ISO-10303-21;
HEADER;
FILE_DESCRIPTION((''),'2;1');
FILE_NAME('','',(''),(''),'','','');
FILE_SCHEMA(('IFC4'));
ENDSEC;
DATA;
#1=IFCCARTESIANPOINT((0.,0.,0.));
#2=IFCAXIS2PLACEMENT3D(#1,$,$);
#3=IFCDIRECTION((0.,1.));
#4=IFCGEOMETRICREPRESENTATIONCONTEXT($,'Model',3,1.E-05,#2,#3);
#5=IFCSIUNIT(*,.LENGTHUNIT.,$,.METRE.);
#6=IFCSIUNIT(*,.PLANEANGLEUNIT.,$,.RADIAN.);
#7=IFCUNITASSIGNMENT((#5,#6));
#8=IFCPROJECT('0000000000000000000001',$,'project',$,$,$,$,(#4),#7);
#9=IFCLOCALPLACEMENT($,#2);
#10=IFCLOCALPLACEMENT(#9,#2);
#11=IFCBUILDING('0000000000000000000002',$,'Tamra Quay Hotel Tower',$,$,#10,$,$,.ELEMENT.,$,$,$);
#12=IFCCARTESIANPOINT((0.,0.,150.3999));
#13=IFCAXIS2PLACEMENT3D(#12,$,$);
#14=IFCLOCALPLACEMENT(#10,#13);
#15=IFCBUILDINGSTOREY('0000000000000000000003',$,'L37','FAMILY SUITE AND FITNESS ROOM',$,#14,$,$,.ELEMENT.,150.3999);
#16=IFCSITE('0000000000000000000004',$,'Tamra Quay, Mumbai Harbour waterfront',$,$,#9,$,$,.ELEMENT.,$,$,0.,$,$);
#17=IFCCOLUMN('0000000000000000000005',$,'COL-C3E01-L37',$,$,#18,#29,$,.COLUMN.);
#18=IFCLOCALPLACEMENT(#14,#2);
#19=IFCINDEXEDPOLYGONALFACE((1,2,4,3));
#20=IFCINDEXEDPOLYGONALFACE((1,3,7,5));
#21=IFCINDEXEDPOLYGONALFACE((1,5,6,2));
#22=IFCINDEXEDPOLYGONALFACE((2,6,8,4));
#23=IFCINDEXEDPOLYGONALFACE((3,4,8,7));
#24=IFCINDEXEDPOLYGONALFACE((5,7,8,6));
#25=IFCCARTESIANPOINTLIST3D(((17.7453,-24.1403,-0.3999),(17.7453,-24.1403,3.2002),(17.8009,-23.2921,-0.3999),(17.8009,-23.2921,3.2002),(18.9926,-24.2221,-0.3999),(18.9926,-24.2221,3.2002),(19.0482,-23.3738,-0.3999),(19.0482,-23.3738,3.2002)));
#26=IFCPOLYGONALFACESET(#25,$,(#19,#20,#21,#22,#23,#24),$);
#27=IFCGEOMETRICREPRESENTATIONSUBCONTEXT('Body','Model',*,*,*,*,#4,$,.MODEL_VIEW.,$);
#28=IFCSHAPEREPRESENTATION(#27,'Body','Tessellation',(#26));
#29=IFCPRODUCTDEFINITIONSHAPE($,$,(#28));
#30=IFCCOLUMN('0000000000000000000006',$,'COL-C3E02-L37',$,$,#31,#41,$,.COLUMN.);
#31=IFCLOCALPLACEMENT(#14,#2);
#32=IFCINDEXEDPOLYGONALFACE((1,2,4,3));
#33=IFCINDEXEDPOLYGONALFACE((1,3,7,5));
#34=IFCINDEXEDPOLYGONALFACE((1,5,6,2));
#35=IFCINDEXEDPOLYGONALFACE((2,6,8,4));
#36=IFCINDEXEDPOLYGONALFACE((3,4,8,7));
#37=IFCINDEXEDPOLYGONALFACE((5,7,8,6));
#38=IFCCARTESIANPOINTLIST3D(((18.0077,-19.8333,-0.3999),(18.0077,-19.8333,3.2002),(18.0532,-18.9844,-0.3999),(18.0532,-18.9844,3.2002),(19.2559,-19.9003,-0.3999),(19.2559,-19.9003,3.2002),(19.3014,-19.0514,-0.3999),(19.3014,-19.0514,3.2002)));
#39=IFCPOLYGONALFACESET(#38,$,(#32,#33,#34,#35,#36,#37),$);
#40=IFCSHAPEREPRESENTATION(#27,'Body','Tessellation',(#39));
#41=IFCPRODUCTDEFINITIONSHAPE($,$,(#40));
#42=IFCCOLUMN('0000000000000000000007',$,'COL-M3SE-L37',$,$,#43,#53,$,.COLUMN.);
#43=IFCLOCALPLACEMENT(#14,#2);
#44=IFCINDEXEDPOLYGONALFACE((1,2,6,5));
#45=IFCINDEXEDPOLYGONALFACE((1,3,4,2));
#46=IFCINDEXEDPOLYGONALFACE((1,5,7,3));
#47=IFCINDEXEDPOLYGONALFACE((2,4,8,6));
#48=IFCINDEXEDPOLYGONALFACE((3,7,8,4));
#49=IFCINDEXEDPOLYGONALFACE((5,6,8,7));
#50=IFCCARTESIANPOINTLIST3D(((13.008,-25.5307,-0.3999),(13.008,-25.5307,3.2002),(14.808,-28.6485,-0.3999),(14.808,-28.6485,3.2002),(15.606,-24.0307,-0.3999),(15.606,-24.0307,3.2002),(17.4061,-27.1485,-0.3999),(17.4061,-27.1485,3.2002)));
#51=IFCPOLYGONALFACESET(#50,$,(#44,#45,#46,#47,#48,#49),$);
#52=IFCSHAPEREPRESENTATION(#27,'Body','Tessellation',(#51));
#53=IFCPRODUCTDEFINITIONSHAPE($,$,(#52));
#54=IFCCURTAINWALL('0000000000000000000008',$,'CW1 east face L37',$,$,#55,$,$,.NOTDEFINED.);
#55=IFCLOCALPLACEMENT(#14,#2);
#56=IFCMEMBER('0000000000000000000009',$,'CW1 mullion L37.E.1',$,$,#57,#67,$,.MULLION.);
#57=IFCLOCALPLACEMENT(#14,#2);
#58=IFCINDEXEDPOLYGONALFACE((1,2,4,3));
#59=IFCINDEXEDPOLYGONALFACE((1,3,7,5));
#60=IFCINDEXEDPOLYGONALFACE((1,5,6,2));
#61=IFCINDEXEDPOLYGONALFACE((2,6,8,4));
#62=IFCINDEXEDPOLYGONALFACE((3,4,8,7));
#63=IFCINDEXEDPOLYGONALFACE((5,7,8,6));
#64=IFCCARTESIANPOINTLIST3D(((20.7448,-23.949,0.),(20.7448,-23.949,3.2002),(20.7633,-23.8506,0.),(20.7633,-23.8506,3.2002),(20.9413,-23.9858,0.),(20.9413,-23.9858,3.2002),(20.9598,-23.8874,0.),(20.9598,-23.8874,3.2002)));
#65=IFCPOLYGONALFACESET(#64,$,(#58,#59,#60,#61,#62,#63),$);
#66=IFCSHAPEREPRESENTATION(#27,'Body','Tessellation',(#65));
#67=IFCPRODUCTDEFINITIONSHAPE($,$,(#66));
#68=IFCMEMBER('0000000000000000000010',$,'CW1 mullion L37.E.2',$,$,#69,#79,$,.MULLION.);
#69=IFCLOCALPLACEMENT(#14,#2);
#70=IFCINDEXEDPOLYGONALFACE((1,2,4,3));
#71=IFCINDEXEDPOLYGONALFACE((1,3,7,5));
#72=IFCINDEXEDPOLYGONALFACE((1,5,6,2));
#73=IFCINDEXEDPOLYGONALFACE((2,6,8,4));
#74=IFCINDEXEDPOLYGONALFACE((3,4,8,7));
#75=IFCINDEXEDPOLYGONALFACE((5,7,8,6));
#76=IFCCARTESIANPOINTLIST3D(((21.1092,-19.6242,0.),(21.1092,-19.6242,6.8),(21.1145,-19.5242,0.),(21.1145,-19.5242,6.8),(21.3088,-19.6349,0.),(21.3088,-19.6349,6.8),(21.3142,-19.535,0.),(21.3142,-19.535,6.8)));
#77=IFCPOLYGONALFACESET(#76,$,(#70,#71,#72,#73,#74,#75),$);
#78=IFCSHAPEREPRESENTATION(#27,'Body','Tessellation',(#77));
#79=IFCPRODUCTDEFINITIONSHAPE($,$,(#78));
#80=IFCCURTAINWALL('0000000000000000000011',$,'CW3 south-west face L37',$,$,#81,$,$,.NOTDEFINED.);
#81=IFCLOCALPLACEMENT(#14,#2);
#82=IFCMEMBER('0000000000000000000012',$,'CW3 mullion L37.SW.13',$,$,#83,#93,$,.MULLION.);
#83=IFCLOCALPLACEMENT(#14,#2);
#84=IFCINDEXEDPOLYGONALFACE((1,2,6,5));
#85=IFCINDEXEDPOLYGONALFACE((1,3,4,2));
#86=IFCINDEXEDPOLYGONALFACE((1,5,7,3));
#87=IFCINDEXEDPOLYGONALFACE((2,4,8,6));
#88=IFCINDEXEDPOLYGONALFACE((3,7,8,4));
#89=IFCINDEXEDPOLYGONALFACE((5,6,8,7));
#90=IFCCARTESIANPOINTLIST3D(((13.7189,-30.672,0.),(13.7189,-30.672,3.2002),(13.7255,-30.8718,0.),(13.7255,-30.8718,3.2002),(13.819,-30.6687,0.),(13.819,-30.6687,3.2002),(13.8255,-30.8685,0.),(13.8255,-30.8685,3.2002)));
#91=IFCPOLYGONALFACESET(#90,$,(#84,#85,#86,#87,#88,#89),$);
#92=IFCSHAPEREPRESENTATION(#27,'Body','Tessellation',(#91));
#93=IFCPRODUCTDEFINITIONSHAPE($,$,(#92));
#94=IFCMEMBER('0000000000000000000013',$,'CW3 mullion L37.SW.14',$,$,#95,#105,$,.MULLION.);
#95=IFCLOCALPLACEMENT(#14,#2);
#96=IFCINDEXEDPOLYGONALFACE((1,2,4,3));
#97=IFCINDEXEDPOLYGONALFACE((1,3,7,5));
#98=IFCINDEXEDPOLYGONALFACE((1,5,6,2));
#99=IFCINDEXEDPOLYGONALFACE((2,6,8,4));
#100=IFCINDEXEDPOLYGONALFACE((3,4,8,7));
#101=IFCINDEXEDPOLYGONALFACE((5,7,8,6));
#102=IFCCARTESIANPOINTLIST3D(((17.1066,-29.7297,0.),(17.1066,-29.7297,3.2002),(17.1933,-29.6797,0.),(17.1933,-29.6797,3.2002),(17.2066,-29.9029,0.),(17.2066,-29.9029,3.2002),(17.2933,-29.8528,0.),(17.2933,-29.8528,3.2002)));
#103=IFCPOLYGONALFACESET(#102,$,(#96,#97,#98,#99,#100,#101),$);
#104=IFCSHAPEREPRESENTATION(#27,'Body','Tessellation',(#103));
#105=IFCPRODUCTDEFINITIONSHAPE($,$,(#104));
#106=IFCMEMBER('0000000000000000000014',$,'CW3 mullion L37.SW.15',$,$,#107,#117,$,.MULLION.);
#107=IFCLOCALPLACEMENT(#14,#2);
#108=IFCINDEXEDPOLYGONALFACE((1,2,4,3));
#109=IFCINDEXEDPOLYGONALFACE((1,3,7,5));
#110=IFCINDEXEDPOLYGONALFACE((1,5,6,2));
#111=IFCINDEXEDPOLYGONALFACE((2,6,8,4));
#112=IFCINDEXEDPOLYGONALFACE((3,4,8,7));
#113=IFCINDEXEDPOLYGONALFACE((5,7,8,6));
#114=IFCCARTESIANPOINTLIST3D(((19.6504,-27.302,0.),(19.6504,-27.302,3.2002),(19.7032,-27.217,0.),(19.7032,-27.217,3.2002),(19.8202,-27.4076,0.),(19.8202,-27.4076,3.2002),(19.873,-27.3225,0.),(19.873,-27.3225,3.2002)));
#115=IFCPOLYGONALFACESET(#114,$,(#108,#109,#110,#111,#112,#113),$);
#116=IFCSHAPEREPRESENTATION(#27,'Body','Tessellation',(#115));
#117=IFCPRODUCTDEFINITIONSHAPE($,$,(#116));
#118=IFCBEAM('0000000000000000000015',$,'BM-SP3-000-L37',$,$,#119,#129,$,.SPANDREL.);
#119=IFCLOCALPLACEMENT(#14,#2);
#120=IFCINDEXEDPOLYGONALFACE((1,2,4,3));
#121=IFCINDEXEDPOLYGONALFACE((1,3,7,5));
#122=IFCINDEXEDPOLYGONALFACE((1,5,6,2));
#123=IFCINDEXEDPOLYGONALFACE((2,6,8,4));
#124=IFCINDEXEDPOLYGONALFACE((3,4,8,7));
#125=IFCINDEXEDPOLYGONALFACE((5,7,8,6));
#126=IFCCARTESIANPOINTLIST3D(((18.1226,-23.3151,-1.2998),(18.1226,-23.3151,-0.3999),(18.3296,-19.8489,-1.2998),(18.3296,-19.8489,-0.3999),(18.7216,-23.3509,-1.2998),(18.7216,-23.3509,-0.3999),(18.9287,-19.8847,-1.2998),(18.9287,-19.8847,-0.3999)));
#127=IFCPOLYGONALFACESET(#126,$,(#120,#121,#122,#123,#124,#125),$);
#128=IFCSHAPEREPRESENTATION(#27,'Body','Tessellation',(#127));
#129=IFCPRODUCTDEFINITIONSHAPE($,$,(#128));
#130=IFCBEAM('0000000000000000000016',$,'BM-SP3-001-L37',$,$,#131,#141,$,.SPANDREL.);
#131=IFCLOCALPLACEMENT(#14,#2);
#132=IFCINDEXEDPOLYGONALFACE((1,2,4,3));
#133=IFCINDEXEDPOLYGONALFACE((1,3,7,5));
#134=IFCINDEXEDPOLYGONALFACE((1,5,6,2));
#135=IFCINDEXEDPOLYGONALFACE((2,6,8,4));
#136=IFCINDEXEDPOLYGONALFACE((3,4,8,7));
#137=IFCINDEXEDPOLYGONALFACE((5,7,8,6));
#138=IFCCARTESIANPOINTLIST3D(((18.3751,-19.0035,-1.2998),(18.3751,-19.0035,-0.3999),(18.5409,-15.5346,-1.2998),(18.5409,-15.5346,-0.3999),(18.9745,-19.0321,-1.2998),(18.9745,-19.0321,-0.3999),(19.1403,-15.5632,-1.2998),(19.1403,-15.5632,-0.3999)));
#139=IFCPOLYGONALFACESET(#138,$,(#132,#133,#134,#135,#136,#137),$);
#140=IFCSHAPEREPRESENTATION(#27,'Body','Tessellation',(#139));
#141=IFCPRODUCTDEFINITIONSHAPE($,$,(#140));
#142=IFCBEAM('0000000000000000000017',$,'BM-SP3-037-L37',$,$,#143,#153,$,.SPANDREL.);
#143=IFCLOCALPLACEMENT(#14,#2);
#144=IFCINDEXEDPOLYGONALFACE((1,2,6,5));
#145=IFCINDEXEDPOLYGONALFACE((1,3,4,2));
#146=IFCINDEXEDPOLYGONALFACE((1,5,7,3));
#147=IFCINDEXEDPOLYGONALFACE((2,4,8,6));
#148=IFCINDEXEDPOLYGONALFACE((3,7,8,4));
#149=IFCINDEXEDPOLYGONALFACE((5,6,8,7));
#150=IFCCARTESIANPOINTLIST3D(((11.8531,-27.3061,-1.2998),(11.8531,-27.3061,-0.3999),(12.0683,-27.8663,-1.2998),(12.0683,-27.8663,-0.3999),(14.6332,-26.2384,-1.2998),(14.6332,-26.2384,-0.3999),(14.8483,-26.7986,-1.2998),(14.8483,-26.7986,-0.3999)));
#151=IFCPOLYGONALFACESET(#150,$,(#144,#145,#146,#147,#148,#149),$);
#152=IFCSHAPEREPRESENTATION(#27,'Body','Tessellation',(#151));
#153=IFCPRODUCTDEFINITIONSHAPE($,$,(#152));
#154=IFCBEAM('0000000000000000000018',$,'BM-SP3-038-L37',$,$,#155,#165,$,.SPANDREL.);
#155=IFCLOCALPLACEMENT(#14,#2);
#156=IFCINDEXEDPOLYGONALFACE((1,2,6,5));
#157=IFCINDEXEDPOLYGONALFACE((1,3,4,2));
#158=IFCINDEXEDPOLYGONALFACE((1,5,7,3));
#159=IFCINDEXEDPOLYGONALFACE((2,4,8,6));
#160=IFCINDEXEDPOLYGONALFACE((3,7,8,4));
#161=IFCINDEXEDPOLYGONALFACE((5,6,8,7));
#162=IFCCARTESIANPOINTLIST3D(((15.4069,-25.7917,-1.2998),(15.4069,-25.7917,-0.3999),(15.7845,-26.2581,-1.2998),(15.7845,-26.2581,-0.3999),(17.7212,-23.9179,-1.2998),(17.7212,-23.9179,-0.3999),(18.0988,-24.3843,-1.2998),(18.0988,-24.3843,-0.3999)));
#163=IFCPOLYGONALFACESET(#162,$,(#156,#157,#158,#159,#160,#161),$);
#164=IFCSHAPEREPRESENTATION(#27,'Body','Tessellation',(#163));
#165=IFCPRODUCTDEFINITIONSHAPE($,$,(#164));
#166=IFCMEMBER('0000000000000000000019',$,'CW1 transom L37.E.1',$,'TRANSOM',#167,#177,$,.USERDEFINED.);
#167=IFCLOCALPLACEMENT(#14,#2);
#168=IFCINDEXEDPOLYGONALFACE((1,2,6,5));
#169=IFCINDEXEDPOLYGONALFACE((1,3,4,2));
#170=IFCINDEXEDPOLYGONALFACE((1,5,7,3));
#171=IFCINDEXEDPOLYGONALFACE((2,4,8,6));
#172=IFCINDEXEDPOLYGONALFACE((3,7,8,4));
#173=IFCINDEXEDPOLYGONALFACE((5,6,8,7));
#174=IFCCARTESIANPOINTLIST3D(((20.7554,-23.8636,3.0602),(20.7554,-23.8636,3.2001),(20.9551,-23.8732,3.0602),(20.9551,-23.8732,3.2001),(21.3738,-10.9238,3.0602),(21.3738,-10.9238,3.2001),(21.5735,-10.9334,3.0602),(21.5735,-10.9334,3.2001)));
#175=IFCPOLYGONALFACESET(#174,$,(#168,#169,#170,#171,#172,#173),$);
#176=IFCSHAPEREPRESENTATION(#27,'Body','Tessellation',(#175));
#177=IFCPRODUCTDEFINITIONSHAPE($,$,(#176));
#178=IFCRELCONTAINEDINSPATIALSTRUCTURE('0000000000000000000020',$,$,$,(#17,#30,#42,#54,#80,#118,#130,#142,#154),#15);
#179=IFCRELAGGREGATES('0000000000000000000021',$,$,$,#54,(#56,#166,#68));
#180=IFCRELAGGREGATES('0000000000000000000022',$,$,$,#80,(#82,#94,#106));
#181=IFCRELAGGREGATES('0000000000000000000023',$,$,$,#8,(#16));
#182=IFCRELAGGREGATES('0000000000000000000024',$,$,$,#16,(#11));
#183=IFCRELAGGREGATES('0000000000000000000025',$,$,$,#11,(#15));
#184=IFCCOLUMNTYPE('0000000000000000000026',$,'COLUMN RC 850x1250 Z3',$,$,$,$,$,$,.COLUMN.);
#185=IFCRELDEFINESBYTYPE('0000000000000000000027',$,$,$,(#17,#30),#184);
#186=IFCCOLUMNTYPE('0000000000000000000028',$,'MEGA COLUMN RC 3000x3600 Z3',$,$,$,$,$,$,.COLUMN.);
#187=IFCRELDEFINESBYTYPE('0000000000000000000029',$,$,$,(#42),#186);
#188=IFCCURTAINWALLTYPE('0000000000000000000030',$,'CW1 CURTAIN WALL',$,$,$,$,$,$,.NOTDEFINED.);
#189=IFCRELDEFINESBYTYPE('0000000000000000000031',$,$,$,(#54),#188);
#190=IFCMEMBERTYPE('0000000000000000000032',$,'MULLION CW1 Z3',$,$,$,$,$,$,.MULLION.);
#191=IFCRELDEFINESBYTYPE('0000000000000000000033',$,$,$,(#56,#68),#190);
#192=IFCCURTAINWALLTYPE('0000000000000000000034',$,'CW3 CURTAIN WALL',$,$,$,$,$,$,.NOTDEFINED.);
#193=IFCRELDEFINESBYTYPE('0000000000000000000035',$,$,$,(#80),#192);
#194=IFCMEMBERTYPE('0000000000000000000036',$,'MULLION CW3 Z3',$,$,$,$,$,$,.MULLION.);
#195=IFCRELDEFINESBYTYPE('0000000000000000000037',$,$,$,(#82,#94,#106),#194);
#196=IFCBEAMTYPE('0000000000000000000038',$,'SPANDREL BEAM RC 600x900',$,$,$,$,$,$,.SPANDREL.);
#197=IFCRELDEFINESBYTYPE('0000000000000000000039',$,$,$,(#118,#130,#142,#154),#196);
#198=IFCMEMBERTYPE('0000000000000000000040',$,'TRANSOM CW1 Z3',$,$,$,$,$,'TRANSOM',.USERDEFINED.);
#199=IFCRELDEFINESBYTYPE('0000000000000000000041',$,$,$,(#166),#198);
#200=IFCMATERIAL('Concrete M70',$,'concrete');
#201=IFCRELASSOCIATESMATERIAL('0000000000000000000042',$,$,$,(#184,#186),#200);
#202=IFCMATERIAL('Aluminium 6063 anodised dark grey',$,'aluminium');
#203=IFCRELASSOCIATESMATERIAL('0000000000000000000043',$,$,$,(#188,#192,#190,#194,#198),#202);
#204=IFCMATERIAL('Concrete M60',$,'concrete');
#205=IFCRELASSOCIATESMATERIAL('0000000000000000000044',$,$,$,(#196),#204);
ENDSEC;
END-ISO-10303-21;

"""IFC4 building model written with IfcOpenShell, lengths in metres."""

from ifc_helpers import new_model, si_unit, direction, frame, origin, origin_2d, place, context, subcontext, project, spatial, rectangle, extrude, material, material_profile, profile_set, type_object, element, aggregate, save


model = new_model("IFC4")

# Units and contexts
model_context = context("Model", 3, precision=1e-05, world=origin(), true_north=direction((0.0, 1.0)))
body_context = subcontext(model_context, "Body", "Model", "MODEL_VIEW")
ifc_project = project(units=[si_unit("LENGTHUNIT", "METRE"), si_unit("PLANEANGLEUNIT", "RADIAN")], contexts=[model_context])

# Site, building, storey
site_placement = place(None, origin())
site = spatial("IfcSite", under=ifc_project, at=site_placement, Name="Tamra Quay, Mumbai Harbour waterfront", CompositionType="ELEMENT", RefElevation=0.0)
building_placement = place(site_placement, origin())
building = spatial("IfcBuilding", under=site, at=building_placement, Name="Tamra Quay Hotel Tower", CompositionType="ELEMENT")
storey_placement = place(building_placement, frame((0.0, 0.0, 150.3999)))
storey = spatial("IfcBuildingStorey", under=building, at=storey_placement, Name="L37", Description="FAMILY SUITE AND FITNESS ROOM", CompositionType="ELEMENT", Elevation=150.3999)

# Columns
ifc_material_1 = material(Name="Concrete M70", Category="concrete")
ifc_material_profile_1 = material_profile(ifc_material_1, rectangle(XDim=1.25, YDim=0.8501, at=origin_2d()), Name="COLUMN RC 850x1250 Z3")
ifc_profile_set_1 = profile_set([ifc_material_profile_1], Name="Concrete M70")
column_type_1 = type_object("IfcColumnType", Name="COLUMN RC 850x1250 Z3", PredefinedType="COLUMN", material=ifc_profile_set_1)
for number, where, z_axis, x_axis, name in (
    (1, (18.3967, -23.7571, -0.3999), (0.0, 0.0, 1.0), (-0.997858, 0.065419, 0.0), "COL-C3E01-L37"),
    (2, (18.6545, -19.4424, -0.3999), (0.0, 0.0, 1.0), (-0.998562, 0.053603, 0.0), "COL-C3E02-L37"),
):
    element("IfcColumn", number, at=place(storey_placement, frame(where, z_axis=z_axis, x_axis=x_axis)), inside=storey, type_object=column_type_1, Name=name, PredefinedType="COLUMN", context=body_context, shape_type="SweptSolid", body=[
        extrude(rectangle(XDim=1.25, YDim=0.8501, at=origin_2d()), origin(), (0.0, 0.0, 1.0), 3.6001),
    ])
ifc_material_profile_2 = material_profile(ifc_material_1, rectangle(XDim=3.6001, YDim=3.0, at=origin_2d()), Name="MEGA COLUMN RC 3000x3600 Z3")
ifc_profile_set_2 = profile_set([ifc_material_profile_2], Name="Concrete M70")
column_type_2 = type_object("IfcColumnType", Name="MEGA COLUMN RC 3000x3600 Z3", PredefinedType="COLUMN", material=ifc_profile_set_2)
column_placement = place(storey_placement, frame((15.207, -26.3396, -0.3999), z_axis=(0.0, 0.0, 1.0), x_axis=(-0.5, 0.866025, 0.0)))
element("IfcColumn", 3, at=column_placement, inside=storey, type_object=column_type_2, Name="COL-M3SE-L37", PredefinedType="COLUMN", context=body_context, shape_type="SweptSolid", body=[
    extrude(rectangle(XDim=3.6001, YDim=3.0, at=origin_2d()), origin(), (0.0, 0.0, 1.0), 3.6001),
])

# Curtain walls, members
ifc_material_2 = material(Name="Aluminium 6063 anodised dark grey", Category="aluminium")
curtain_wall_type_1 = type_object("IfcCurtainWallType", Name="CW1 CURTAIN WALL", PredefinedType="NOTDEFINED", material=ifc_material_2)
curtain_wall_1_placement = place(storey_placement, origin())
curtain_wall_1 = element("IfcCurtainWall", 4, at=curtain_wall_1_placement, inside=storey, type_object=curtain_wall_type_1, Name="CW1 east face L37", PredefinedType="NOTDEFINED")
ifc_material_profile_3 = material_profile(ifc_material_2, rectangle(XDim=0.2, YDim=0.1001, at=origin_2d()), Name="MULLION 100X200")
ifc_profile_set_3 = profile_set([ifc_material_profile_3], Name="Aluminium 6063 anodised dark grey")
member_type_1 = type_object("IfcMemberType", Name="MULLION CW1 Z3", PredefinedType="MULLION", material=ifc_profile_set_3)
member_1_placement = place(storey_placement, frame((20.8523, -23.9182, 0.0), z_axis=(0.0, 0.0, 1.0), x_axis=(0.982883, -0.18423, 0.0)))
member_1 = element("IfcMember", 5, at=member_1_placement, type_object=member_type_1, Name="CW1 mullion L37.E.1", PredefinedType="MULLION", context=body_context, shape_type="SweptSolid", body=[
    extrude(rectangle(XDim=0.2, YDim=0.1001, at=origin_2d()), origin(), (0.0, 0.0, 1.0), 3.2002),
])
member_2_placement = place(storey_placement, frame((21.2117, -19.5796, 0.0), z_axis=(0.0, 0.0, 1.0), x_axis=(0.998557, -0.053695, 0.0)))
member_2 = element("IfcMember", 6, at=member_2_placement, type_object=member_type_1, Name="CW1 mullion L37.E.2", PredefinedType="MULLION", context=body_context, shape_type="SweptSolid", body=[
    extrude(rectangle(XDim=0.2, YDim=0.1001, at=origin_2d()), origin(), (0.0, 0.0, 1.0), 6.8),
])
curtain_wall_type_2 = type_object("IfcCurtainWallType", Name="CW3 CURTAIN WALL", PredefinedType="NOTDEFINED", material=ifc_material_2)
curtain_wall_2_placement = place(storey_placement, origin())
curtain_wall_2 = element("IfcCurtainWall", 7, at=curtain_wall_2_placement, inside=storey, type_object=curtain_wall_type_2, Name="CW3 south-west face L37", PredefinedType="NOTDEFINED")
ifc_material_profile_4 = material_profile(ifc_material_2, rectangle(XDim=0.2, YDim=0.1001, at=origin_2d()), Name="MULLION 100X200")
ifc_profile_set_4 = profile_set([ifc_material_profile_4], Name="Aluminium 6063 anodised dark grey")
member_type_2 = type_object("IfcMemberType", Name="MULLION CW3 Z3", PredefinedType="MULLION", material=ifc_profile_set_4)
member_3_placement = place(storey_placement, frame((13.7722, -30.7703, 0.0), z_axis=(0.0, 0.0, 1.0), x_axis=(0.032727, -0.999464, 0.0)))
member_3 = element("IfcMember", 8, at=member_3_placement, type_object=member_type_2, Name="CW3 mullion L37.SW.13", PredefinedType="MULLION", context=body_context, shape_type="SweptSolid", body=[
    extrude(rectangle(XDim=0.2, YDim=0.1001, at=origin_2d()), origin(), (0.0, 0.0, 1.0), 3.2002),
])
member_4_placement = place(storey_placement, frame((17.2, -29.7913, 0.0), z_axis=(0.0, 0.0, 1.0), x_axis=(0.5, -0.866025, 0.0)))
member_4 = element("IfcMember", 9, at=member_4_placement, type_object=member_type_2, Name="CW3 mullion L37.SW.14", PredefinedType="MULLION", context=body_context, shape_type="SweptSolid", body=[
    extrude(rectangle(XDim=0.2, YDim=0.1001, at=origin_2d()), origin(), (0.0, 0.0, 1.0), 3.2002),
])
member_5_placement = place(storey_placement, frame((19.7617, -27.3123, 0.0), z_axis=(0.0, 0.0, 1.0), x_axis=(0.849198, -0.528075, 0.0)))
member_5 = element("IfcMember", 10, at=member_5_placement, type_object=member_type_2, Name="CW3 mullion L37.SW.15", PredefinedType="MULLION", context=body_context, shape_type="SweptSolid", body=[
    extrude(rectangle(XDim=0.2, YDim=0.1001, at=origin_2d()), origin(), (0.0, 0.0, 1.0), 3.2002),
])

# Beams
ifc_material_3 = material(Name="Concrete M60", Category="concrete")
ifc_material_profile_5 = material_profile(ifc_material_3, rectangle(XDim=0.6001, YDim=0.8999, at=origin_2d()), Name="SPANDREL BEAM RC 600x900")
ifc_profile_set_5 = profile_set([ifc_material_profile_5], Name="Concrete M60")
beam_type = type_object("IfcBeamType", Name="SPANDREL BEAM RC 600x900", PredefinedType="SPANDREL", material=ifc_profile_set_5)
beam_1_placement = place(storey_placement, frame((18.4221, -23.333, -0.8499), z_axis=(0.05962, 0.998221, 0.0), x_axis=(-0.998221, 0.05962, 0.0)))
element("IfcBeam", 11, at=beam_1_placement, inside=storey, type_object=beam_type, Name="BM-SP3-000-L37", PredefinedType="SPANDREL", context=body_context, shape_type="SweptSolid", body=[
    extrude(rectangle(XDim=0.6001, YDim=0.8999, at=origin_2d()), origin(), (0.0, 0.0, 1.0), 3.4724),
])
beam_2_placement = place(storey_placement, frame((18.6748, -19.0178, -0.8499), z_axis=(0.047732, 0.99886, 0.0), x_axis=(-0.99886, 0.047732, 0.0)))
element("IfcBeam", 12, at=beam_2_placement, inside=storey, type_object=beam_type, Name="BM-SP3-001-L37", PredefinedType="SPANDREL", context=body_context, shape_type="SweptSolid", body=[
    extrude(rectangle(XDim=0.6001, YDim=0.8999, at=origin_2d()), origin(), (0.0, 0.0, 1.0), 3.4729),
])
beam_3_placement = place(storey_placement, frame((11.9607, -27.5862, -0.8499), z_axis=(0.933527, 0.358507, 0.0), x_axis=(-0.358507, 0.933527, 0.0)))
element("IfcBeam", 13, at=beam_3_placement, inside=storey, type_object=beam_type, Name="BM-SP3-037-L37", PredefinedType="SPANDREL", context=body_context, shape_type="SweptSolid", body=[
    extrude(rectangle(XDim=0.6001, YDim=0.8999, at=origin_2d()), origin(), (0.0, 0.0, 1.0), 2.978),
])
beam_4_placement = place(storey_placement, frame((15.5957, -26.0249, -0.8499), z_axis=(0.777184, 0.629274, 0.0), x_axis=(-0.629274, 0.777184, 0.0)))
element("IfcBeam", 14, at=beam_4_placement, inside=storey, type_object=beam_type, Name="BM-SP3-038-L37", PredefinedType="SPANDREL", context=body_context, shape_type="SweptSolid", body=[
    extrude(rectangle(XDim=0.6001, YDim=0.8999, at=origin_2d()), origin(), (0.0, 0.0, 1.0), 2.9778),
])

# Member
ifc_material_profile_6 = material_profile(ifc_material_2, rectangle(XDim=0.2, YDim=0.1399, at=origin_2d()), Name="TRANSOM 200X140")
ifc_profile_set_6 = profile_set([ifc_material_profile_6], Name="Aluminium 6063 anodised dark grey")
member_type_3 = type_object("IfcMemberType", Name="TRANSOM CW1 Z3", ElementType="TRANSOM", PredefinedType="USERDEFINED", material=ifc_profile_set_6)
member_6_placement = place(storey_placement, frame((20.8552, -23.8684, 3.1301), z_axis=(0.047736, 0.99886, 0.0), x_axis=(-0.99886, 0.047736, 0.0)))
member_6 = element("IfcMember", 15, at=member_6_placement, type_object=member_type_3, Name="CW1 transom L37.E.1", ObjectType="TRANSOM", PredefinedType="USERDEFINED", context=body_context, shape_type="SweptSolid", body=[
    extrude(rectangle(XDim=0.2, YDim=0.1399, at=origin_2d()), origin(), (0.0, 0.0, 1.0), 12.9546),
])

aggregate(curtain_wall_1, [member_1, member_6, member_2])
aggregate(curtain_wall_2, [member_3, member_4, member_5])

save(model, "model.ifc")
